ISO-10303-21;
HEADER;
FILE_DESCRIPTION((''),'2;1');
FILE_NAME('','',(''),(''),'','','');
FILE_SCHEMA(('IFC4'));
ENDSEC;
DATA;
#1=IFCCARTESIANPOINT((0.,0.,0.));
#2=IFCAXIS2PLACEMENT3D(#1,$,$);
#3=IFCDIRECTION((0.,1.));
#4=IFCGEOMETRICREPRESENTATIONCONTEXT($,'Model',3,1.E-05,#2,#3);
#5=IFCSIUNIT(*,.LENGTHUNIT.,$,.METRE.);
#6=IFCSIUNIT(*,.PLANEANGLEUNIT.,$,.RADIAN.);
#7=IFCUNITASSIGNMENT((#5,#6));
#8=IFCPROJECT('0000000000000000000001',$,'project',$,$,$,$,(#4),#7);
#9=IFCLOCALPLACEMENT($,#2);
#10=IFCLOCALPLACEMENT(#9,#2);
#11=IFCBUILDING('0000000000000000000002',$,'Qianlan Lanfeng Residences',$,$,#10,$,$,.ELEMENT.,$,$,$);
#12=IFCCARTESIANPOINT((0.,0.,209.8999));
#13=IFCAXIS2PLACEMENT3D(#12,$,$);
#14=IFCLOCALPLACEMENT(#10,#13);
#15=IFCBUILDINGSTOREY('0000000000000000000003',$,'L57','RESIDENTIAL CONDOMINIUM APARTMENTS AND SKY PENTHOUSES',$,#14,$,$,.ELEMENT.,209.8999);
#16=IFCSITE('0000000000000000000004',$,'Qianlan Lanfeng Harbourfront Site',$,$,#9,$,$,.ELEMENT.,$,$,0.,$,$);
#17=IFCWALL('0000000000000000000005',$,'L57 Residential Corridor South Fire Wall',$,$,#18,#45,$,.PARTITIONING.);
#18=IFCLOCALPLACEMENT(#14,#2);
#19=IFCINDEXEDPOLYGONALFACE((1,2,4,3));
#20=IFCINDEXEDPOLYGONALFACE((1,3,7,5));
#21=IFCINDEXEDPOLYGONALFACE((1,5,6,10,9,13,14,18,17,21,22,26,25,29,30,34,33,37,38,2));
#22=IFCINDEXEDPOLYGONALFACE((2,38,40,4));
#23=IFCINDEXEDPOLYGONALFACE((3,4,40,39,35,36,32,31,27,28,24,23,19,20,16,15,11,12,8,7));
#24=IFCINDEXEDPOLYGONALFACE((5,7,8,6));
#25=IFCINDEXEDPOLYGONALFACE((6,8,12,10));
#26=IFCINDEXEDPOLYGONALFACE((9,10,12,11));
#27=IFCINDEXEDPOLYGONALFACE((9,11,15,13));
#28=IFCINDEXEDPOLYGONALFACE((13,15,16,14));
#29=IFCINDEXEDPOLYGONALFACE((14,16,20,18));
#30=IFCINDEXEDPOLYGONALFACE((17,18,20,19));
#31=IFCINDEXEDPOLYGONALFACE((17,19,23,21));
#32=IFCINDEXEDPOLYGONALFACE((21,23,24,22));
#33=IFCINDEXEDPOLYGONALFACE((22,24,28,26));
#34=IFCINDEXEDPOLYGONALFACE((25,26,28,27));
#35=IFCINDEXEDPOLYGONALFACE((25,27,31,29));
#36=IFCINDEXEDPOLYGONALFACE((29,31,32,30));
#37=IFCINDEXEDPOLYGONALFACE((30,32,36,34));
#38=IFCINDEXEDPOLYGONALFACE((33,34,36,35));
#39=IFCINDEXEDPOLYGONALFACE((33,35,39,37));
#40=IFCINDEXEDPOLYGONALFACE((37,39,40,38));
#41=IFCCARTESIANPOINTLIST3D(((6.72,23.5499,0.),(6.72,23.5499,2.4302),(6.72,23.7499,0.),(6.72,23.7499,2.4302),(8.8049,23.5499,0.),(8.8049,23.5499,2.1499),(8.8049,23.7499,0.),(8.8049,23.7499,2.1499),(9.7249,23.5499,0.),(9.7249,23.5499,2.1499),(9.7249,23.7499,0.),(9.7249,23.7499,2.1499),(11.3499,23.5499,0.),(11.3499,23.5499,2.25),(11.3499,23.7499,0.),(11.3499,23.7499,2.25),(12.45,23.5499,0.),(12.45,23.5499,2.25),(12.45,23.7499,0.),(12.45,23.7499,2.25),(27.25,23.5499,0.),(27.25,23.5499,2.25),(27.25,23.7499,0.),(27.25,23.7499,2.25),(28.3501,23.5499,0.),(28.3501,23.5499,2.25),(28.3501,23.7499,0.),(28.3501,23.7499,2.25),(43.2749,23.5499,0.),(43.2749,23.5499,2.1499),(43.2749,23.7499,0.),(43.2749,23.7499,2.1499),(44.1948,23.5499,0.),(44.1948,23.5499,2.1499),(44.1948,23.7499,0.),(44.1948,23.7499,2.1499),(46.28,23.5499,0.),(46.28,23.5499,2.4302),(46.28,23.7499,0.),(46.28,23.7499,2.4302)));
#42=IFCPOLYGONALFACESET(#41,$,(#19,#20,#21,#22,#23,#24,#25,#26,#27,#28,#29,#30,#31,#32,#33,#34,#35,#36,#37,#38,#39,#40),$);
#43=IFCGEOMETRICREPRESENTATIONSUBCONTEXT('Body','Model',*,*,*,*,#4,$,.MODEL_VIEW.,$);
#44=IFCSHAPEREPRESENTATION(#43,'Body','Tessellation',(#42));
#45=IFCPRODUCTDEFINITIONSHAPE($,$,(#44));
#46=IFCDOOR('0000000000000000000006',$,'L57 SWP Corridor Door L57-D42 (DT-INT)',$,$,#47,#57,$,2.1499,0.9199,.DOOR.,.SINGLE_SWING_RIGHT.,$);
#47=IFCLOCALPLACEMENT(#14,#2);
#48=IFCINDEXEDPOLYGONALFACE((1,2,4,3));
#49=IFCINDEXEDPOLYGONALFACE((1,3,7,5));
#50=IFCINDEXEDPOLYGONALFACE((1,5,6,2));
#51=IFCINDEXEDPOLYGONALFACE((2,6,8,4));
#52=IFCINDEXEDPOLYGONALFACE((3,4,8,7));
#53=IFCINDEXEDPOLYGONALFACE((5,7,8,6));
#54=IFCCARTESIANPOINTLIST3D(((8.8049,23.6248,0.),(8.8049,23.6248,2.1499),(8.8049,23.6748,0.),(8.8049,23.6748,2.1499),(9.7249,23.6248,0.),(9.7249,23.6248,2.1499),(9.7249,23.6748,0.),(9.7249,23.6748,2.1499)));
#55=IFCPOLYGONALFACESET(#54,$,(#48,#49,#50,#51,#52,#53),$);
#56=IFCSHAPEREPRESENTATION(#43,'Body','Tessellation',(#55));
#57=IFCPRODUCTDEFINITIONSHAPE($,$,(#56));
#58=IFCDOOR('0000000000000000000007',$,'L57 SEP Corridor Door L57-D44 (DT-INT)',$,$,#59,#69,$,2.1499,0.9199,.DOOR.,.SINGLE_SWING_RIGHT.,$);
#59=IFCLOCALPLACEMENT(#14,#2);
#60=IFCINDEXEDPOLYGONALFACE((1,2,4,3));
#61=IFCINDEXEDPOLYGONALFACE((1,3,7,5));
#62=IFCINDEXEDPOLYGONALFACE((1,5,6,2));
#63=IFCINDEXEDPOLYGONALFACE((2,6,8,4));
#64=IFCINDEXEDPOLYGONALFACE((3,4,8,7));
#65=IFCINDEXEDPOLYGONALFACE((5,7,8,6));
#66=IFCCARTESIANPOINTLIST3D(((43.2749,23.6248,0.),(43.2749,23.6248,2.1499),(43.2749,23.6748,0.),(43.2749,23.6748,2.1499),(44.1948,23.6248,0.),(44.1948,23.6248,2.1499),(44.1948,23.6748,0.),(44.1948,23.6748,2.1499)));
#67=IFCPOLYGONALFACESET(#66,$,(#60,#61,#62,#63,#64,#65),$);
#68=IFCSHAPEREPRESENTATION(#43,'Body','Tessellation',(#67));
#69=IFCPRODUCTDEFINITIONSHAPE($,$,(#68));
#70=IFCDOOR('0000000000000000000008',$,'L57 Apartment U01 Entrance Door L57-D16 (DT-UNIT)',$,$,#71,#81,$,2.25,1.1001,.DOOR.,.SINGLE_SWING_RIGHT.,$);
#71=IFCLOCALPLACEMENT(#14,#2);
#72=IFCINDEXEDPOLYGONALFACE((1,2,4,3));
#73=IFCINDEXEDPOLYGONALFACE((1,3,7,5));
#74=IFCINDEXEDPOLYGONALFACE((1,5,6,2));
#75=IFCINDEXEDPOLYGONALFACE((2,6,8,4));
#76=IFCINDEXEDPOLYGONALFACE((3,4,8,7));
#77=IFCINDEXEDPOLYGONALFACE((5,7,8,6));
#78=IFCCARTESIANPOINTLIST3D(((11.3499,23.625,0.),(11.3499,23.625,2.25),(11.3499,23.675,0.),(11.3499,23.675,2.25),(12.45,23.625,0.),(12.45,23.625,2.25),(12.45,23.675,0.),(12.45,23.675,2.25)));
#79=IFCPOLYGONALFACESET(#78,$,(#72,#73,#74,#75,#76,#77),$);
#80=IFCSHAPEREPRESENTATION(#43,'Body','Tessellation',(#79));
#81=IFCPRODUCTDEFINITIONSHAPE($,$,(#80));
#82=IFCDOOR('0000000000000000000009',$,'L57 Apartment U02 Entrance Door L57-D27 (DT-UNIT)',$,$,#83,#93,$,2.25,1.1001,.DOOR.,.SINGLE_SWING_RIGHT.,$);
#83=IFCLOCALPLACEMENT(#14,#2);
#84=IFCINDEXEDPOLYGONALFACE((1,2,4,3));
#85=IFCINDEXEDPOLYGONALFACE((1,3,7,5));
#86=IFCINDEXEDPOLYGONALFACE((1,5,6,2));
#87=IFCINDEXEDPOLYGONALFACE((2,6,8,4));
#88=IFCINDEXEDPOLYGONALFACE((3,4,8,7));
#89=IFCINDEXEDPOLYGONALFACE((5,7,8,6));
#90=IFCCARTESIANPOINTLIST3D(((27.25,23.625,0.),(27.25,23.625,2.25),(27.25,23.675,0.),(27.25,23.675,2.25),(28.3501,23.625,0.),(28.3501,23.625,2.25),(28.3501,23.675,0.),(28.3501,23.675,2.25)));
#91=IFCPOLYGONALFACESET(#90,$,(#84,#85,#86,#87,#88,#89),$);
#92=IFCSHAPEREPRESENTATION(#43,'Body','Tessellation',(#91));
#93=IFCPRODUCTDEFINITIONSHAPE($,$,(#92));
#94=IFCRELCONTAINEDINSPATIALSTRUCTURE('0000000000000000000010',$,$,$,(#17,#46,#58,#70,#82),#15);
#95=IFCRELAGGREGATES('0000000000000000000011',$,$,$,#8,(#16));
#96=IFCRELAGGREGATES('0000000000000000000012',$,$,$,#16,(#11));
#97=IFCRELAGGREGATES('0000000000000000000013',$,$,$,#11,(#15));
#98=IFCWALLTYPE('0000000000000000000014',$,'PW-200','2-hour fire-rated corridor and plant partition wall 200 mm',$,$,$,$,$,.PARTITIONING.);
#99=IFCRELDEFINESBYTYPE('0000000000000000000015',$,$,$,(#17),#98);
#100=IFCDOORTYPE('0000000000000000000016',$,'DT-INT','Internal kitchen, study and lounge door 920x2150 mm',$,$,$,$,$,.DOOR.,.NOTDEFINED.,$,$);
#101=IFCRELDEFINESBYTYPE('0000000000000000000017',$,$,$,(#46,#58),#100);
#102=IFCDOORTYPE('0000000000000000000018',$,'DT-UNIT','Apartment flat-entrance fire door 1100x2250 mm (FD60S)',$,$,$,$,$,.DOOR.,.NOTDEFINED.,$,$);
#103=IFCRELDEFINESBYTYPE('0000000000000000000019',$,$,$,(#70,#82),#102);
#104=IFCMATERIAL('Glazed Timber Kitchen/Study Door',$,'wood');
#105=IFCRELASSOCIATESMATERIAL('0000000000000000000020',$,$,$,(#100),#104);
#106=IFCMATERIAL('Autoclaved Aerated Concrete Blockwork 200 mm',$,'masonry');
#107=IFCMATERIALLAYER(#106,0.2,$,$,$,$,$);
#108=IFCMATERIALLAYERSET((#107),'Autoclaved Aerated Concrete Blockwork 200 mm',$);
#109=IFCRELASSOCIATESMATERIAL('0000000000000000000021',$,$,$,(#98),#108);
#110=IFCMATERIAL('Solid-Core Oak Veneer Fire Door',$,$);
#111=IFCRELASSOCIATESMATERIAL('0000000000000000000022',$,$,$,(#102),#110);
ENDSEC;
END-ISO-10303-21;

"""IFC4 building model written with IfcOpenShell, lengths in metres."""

from ifc_helpers import new_model, si_unit, direction, frame, frame_2d, origin, place, context, subcontext, project, spatial, rectangle, extrude, material, layer, layer_set, type_object, element, fill, save


model = new_model("IFC4")

# Units and contexts
model_context = context("Model", 3, precision=1e-05, world=origin(), true_north=direction((0.0, 1.0)))
body_context = subcontext(model_context, "Body", "Model", "MODEL_VIEW")
ifc_project = project(units=[si_unit("LENGTHUNIT", "METRE"), si_unit("PLANEANGLEUNIT", "RADIAN")], contexts=[model_context])

# Site, building, storey
site_placement = place(None, origin())
site = spatial("IfcSite", under=ifc_project, at=site_placement, Name="Qianlan Lanfeng Harbourfront Site", CompositionType="ELEMENT", RefElevation=0.0)
building_placement = place(site_placement, origin())
building = spatial("IfcBuilding", under=site, at=building_placement, Name="Qianlan Lanfeng Residences", CompositionType="ELEMENT")
storey_placement = place(building_placement, frame((0.0, 0.0, 209.8999)))
storey = spatial("IfcBuildingStorey", under=building, at=storey_placement, Name="L57", Description="RESIDENTIAL CONDOMINIUM APARTMENTS AND SKY PENTHOUSES", CompositionType="ELEMENT", Elevation=209.8999)

# Shared definitions
ifc_material_1 = material(Name="Glazed Timber Kitchen/Study Door", Category="wood")
door_type_1 = type_object("IfcDoorType", Name="DT-INT", Description="Internal kitchen, study and lounge door 920x2150 mm", OperationType="NOTDEFINED", PredefinedType="DOOR", material=ifc_material_1)

# Wall, openings, doors
ifc_material_2 = material(Name="Autoclaved Aerated Concrete Blockwork 200 mm", Category="masonry")
ifc_layer_1 = layer(ifc_material_2, 0.2)
ifc_layer_set_1 = layer_set([ifc_layer_1], Name="Autoclaved Aerated Concrete Blockwork 200 mm")
wall_type_1 = type_object("IfcWallType", Name="PW-200", Description="2-hour fire-rated corridor and plant partition wall 200 mm", PredefinedType="PARTITIONING", material=ifc_layer_set_1)
wall_1_placement = place(storey_placement, frame((6.72, 23.6499, 0.0), z_axis=(0.0, 0.0, 1.0), x_axis=(1.0, 0.0, 0.0)))
wall_1 = element("IfcWall", 1, at=wall_1_placement, inside=storey, type_object=wall_type_1, Name="L57 Residential Corridor South Fire Wall", PredefinedType="PARTITIONING", context=body_context, shape_type="SweptSolid", body=[
    extrude(rectangle(XDim=39.5601, YDim=0.2, at=frame_2d((19.78, 0.0))), origin(), (0.0, 0.0, 1.0), 2.4302),
])
opening_1_placement = place(wall_1_placement, frame((4.6299, 0.0, 0.0)))
opening_1 = element("IfcOpeningElement", 2, at=opening_1_placement, cuts=wall_1, PredefinedType="OPENING", context=body_context, shape_type="SweptSolid", body=[
    extrude(rectangle(XDim=1.1001, YDim=2.25, at=frame_2d((0.55, 1.125))), frame((0.0, 0.1099, 0.0), z_axis=(0.0, -1.0, 0.0), x_axis=(1.0, 0.0, 0.0)), (0.0, 0.0, 1.0), 0.22),
])
opening_2_placement = place(wall_1_placement, frame((20.53, 0.0, 0.0)))
opening_2 = element("IfcOpeningElement", 3, at=opening_2_placement, cuts=wall_1, PredefinedType="OPENING", context=body_context, shape_type="SweptSolid", body=[
    extrude(rectangle(XDim=1.1001, YDim=2.25, at=frame_2d((0.55, 1.125))), frame((0.0, 0.1099, 0.0), z_axis=(0.0, -1.0, 0.0), x_axis=(1.0, 0.0, 0.0)), (0.0, 0.0, 1.0), 0.22),
])
opening_3_placement = place(wall_1_placement, frame((2.085, 0.0, 0.0)))
opening_3 = element("IfcOpeningElement", 4, at=opening_3_placement, cuts=wall_1, PredefinedType="OPENING", context=body_context, shape_type="SweptSolid", body=[
    extrude(rectangle(XDim=0.9199, YDim=2.1499, at=frame_2d((0.46, 1.075))), frame((0.0, 0.1099, 0.0), z_axis=(0.0, -1.0, 0.0), x_axis=(1.0, 0.0, 0.0)), (0.0, 0.0, 1.0), 0.22),
])
opening_4_placement = place(wall_1_placement, frame((36.5549, 0.0, 0.0)))
opening_4 = element("IfcOpeningElement", 5, at=opening_4_placement, cuts=wall_1, PredefinedType="OPENING", context=body_context, shape_type="SweptSolid", body=[
    extrude(rectangle(XDim=0.9199, YDim=2.1499, at=frame_2d((0.46, 1.075))), frame((0.0, 0.1099, 0.0), z_axis=(0.0, -1.0, 0.0), x_axis=(1.0, 0.0, 0.0)), (0.0, 0.0, 1.0), 0.22),
])
door_1_placement = place(opening_3_placement, origin())
door_1 = element("IfcDoor", 6, at=door_1_placement, inside=storey, type_object=door_type_1, Name="L57 SWP Corridor Door L57-D42 (DT-INT)", OperationType="SINGLE_SWING_RIGHT", OverallHeight=2.1499, OverallWidth=0.9199, PredefinedType="DOOR", context=body_context, shape_type="SweptSolid", body=[
    extrude(rectangle(XDim=0.9199, YDim=2.1499, at=frame_2d((0.46, 1.075))), frame((0.0, 0.0249, 0.0), z_axis=(0.0, -1.0, 0.0), x_axis=(1.0, 0.0, 0.0)), (0.0, 0.0, 1.0), 0.05),
])
fill(opening_3, door_1)
door_2_placement = place(opening_4_placement, origin())
door_2 = element("IfcDoor", 7, at=door_2_placement, inside=storey, type_object=door_type_1, Name="L57 SEP Corridor Door L57-D44 (DT-INT)", OperationType="SINGLE_SWING_RIGHT", OverallHeight=2.1499, OverallWidth=0.9199, PredefinedType="DOOR", context=body_context, shape_type="SweptSolid", body=[
    extrude(rectangle(XDim=0.9199, YDim=2.1499, at=frame_2d((0.46, 1.075))), frame((0.0, 0.0249, 0.0), z_axis=(0.0, -1.0, 0.0), x_axis=(1.0, 0.0, 0.0)), (0.0, 0.0, 1.0), 0.05),
])
fill(opening_4, door_2)
ifc_material_3 = material(Name="Solid-Core Oak Veneer Fire Door")
door_type_2 = type_object("IfcDoorType", Name="DT-UNIT", Description="Apartment flat-entrance fire door 1100x2250 mm (FD60S)", OperationType="NOTDEFINED", PredefinedType="DOOR", material=ifc_material_3)
door_3_placement = place(opening_1_placement, frame((1.1001, 0.0, 0.0), z_axis=(0.0, 0.0, 1.0), x_axis=(-1.0, 0.0, 0.0)))
door_3 = element("IfcDoor", 8, at=door_3_placement, inside=storey, type_object=door_type_2, Name="L57 Apartment U01 Entrance Door L57-D16 (DT-UNIT)", OperationType="SINGLE_SWING_RIGHT", OverallHeight=2.25, OverallWidth=1.1001, PredefinedType="DOOR", context=body_context, shape_type="SweptSolid", body=[
    extrude(rectangle(XDim=1.1001, YDim=2.25, at=frame_2d((0.55, 1.125))), frame((0.0, 0.0249, 0.0), z_axis=(0.0, -1.0, 0.0), x_axis=(1.0, 0.0, 0.0)), (0.0, 0.0, 1.0), 0.05),
])
fill(opening_1, door_3)
door_4_placement = place(opening_2_placement, frame((1.1001, 0.0, 0.0), z_axis=(0.0, 0.0, 1.0), x_axis=(-1.0, 0.0, 0.0)))
door_4 = element("IfcDoor", 9, at=door_4_placement, inside=storey, type_object=door_type_2, Name="L57 Apartment U02 Entrance Door L57-D27 (DT-UNIT)", OperationType="SINGLE_SWING_RIGHT", OverallHeight=2.25, OverallWidth=1.1001, PredefinedType="DOOR", context=body_context, shape_type="SweptSolid", body=[
    extrude(rectangle(XDim=1.1001, YDim=2.25, at=frame_2d((0.55, 1.125))), frame((0.0, 0.0249, 0.0), z_axis=(0.0, -1.0, 0.0), x_axis=(1.0, 0.0, 0.0)), (0.0, 0.0, 1.0), 0.05),
])
fill(opening_2, door_4)

save(model, "model.ifc")
